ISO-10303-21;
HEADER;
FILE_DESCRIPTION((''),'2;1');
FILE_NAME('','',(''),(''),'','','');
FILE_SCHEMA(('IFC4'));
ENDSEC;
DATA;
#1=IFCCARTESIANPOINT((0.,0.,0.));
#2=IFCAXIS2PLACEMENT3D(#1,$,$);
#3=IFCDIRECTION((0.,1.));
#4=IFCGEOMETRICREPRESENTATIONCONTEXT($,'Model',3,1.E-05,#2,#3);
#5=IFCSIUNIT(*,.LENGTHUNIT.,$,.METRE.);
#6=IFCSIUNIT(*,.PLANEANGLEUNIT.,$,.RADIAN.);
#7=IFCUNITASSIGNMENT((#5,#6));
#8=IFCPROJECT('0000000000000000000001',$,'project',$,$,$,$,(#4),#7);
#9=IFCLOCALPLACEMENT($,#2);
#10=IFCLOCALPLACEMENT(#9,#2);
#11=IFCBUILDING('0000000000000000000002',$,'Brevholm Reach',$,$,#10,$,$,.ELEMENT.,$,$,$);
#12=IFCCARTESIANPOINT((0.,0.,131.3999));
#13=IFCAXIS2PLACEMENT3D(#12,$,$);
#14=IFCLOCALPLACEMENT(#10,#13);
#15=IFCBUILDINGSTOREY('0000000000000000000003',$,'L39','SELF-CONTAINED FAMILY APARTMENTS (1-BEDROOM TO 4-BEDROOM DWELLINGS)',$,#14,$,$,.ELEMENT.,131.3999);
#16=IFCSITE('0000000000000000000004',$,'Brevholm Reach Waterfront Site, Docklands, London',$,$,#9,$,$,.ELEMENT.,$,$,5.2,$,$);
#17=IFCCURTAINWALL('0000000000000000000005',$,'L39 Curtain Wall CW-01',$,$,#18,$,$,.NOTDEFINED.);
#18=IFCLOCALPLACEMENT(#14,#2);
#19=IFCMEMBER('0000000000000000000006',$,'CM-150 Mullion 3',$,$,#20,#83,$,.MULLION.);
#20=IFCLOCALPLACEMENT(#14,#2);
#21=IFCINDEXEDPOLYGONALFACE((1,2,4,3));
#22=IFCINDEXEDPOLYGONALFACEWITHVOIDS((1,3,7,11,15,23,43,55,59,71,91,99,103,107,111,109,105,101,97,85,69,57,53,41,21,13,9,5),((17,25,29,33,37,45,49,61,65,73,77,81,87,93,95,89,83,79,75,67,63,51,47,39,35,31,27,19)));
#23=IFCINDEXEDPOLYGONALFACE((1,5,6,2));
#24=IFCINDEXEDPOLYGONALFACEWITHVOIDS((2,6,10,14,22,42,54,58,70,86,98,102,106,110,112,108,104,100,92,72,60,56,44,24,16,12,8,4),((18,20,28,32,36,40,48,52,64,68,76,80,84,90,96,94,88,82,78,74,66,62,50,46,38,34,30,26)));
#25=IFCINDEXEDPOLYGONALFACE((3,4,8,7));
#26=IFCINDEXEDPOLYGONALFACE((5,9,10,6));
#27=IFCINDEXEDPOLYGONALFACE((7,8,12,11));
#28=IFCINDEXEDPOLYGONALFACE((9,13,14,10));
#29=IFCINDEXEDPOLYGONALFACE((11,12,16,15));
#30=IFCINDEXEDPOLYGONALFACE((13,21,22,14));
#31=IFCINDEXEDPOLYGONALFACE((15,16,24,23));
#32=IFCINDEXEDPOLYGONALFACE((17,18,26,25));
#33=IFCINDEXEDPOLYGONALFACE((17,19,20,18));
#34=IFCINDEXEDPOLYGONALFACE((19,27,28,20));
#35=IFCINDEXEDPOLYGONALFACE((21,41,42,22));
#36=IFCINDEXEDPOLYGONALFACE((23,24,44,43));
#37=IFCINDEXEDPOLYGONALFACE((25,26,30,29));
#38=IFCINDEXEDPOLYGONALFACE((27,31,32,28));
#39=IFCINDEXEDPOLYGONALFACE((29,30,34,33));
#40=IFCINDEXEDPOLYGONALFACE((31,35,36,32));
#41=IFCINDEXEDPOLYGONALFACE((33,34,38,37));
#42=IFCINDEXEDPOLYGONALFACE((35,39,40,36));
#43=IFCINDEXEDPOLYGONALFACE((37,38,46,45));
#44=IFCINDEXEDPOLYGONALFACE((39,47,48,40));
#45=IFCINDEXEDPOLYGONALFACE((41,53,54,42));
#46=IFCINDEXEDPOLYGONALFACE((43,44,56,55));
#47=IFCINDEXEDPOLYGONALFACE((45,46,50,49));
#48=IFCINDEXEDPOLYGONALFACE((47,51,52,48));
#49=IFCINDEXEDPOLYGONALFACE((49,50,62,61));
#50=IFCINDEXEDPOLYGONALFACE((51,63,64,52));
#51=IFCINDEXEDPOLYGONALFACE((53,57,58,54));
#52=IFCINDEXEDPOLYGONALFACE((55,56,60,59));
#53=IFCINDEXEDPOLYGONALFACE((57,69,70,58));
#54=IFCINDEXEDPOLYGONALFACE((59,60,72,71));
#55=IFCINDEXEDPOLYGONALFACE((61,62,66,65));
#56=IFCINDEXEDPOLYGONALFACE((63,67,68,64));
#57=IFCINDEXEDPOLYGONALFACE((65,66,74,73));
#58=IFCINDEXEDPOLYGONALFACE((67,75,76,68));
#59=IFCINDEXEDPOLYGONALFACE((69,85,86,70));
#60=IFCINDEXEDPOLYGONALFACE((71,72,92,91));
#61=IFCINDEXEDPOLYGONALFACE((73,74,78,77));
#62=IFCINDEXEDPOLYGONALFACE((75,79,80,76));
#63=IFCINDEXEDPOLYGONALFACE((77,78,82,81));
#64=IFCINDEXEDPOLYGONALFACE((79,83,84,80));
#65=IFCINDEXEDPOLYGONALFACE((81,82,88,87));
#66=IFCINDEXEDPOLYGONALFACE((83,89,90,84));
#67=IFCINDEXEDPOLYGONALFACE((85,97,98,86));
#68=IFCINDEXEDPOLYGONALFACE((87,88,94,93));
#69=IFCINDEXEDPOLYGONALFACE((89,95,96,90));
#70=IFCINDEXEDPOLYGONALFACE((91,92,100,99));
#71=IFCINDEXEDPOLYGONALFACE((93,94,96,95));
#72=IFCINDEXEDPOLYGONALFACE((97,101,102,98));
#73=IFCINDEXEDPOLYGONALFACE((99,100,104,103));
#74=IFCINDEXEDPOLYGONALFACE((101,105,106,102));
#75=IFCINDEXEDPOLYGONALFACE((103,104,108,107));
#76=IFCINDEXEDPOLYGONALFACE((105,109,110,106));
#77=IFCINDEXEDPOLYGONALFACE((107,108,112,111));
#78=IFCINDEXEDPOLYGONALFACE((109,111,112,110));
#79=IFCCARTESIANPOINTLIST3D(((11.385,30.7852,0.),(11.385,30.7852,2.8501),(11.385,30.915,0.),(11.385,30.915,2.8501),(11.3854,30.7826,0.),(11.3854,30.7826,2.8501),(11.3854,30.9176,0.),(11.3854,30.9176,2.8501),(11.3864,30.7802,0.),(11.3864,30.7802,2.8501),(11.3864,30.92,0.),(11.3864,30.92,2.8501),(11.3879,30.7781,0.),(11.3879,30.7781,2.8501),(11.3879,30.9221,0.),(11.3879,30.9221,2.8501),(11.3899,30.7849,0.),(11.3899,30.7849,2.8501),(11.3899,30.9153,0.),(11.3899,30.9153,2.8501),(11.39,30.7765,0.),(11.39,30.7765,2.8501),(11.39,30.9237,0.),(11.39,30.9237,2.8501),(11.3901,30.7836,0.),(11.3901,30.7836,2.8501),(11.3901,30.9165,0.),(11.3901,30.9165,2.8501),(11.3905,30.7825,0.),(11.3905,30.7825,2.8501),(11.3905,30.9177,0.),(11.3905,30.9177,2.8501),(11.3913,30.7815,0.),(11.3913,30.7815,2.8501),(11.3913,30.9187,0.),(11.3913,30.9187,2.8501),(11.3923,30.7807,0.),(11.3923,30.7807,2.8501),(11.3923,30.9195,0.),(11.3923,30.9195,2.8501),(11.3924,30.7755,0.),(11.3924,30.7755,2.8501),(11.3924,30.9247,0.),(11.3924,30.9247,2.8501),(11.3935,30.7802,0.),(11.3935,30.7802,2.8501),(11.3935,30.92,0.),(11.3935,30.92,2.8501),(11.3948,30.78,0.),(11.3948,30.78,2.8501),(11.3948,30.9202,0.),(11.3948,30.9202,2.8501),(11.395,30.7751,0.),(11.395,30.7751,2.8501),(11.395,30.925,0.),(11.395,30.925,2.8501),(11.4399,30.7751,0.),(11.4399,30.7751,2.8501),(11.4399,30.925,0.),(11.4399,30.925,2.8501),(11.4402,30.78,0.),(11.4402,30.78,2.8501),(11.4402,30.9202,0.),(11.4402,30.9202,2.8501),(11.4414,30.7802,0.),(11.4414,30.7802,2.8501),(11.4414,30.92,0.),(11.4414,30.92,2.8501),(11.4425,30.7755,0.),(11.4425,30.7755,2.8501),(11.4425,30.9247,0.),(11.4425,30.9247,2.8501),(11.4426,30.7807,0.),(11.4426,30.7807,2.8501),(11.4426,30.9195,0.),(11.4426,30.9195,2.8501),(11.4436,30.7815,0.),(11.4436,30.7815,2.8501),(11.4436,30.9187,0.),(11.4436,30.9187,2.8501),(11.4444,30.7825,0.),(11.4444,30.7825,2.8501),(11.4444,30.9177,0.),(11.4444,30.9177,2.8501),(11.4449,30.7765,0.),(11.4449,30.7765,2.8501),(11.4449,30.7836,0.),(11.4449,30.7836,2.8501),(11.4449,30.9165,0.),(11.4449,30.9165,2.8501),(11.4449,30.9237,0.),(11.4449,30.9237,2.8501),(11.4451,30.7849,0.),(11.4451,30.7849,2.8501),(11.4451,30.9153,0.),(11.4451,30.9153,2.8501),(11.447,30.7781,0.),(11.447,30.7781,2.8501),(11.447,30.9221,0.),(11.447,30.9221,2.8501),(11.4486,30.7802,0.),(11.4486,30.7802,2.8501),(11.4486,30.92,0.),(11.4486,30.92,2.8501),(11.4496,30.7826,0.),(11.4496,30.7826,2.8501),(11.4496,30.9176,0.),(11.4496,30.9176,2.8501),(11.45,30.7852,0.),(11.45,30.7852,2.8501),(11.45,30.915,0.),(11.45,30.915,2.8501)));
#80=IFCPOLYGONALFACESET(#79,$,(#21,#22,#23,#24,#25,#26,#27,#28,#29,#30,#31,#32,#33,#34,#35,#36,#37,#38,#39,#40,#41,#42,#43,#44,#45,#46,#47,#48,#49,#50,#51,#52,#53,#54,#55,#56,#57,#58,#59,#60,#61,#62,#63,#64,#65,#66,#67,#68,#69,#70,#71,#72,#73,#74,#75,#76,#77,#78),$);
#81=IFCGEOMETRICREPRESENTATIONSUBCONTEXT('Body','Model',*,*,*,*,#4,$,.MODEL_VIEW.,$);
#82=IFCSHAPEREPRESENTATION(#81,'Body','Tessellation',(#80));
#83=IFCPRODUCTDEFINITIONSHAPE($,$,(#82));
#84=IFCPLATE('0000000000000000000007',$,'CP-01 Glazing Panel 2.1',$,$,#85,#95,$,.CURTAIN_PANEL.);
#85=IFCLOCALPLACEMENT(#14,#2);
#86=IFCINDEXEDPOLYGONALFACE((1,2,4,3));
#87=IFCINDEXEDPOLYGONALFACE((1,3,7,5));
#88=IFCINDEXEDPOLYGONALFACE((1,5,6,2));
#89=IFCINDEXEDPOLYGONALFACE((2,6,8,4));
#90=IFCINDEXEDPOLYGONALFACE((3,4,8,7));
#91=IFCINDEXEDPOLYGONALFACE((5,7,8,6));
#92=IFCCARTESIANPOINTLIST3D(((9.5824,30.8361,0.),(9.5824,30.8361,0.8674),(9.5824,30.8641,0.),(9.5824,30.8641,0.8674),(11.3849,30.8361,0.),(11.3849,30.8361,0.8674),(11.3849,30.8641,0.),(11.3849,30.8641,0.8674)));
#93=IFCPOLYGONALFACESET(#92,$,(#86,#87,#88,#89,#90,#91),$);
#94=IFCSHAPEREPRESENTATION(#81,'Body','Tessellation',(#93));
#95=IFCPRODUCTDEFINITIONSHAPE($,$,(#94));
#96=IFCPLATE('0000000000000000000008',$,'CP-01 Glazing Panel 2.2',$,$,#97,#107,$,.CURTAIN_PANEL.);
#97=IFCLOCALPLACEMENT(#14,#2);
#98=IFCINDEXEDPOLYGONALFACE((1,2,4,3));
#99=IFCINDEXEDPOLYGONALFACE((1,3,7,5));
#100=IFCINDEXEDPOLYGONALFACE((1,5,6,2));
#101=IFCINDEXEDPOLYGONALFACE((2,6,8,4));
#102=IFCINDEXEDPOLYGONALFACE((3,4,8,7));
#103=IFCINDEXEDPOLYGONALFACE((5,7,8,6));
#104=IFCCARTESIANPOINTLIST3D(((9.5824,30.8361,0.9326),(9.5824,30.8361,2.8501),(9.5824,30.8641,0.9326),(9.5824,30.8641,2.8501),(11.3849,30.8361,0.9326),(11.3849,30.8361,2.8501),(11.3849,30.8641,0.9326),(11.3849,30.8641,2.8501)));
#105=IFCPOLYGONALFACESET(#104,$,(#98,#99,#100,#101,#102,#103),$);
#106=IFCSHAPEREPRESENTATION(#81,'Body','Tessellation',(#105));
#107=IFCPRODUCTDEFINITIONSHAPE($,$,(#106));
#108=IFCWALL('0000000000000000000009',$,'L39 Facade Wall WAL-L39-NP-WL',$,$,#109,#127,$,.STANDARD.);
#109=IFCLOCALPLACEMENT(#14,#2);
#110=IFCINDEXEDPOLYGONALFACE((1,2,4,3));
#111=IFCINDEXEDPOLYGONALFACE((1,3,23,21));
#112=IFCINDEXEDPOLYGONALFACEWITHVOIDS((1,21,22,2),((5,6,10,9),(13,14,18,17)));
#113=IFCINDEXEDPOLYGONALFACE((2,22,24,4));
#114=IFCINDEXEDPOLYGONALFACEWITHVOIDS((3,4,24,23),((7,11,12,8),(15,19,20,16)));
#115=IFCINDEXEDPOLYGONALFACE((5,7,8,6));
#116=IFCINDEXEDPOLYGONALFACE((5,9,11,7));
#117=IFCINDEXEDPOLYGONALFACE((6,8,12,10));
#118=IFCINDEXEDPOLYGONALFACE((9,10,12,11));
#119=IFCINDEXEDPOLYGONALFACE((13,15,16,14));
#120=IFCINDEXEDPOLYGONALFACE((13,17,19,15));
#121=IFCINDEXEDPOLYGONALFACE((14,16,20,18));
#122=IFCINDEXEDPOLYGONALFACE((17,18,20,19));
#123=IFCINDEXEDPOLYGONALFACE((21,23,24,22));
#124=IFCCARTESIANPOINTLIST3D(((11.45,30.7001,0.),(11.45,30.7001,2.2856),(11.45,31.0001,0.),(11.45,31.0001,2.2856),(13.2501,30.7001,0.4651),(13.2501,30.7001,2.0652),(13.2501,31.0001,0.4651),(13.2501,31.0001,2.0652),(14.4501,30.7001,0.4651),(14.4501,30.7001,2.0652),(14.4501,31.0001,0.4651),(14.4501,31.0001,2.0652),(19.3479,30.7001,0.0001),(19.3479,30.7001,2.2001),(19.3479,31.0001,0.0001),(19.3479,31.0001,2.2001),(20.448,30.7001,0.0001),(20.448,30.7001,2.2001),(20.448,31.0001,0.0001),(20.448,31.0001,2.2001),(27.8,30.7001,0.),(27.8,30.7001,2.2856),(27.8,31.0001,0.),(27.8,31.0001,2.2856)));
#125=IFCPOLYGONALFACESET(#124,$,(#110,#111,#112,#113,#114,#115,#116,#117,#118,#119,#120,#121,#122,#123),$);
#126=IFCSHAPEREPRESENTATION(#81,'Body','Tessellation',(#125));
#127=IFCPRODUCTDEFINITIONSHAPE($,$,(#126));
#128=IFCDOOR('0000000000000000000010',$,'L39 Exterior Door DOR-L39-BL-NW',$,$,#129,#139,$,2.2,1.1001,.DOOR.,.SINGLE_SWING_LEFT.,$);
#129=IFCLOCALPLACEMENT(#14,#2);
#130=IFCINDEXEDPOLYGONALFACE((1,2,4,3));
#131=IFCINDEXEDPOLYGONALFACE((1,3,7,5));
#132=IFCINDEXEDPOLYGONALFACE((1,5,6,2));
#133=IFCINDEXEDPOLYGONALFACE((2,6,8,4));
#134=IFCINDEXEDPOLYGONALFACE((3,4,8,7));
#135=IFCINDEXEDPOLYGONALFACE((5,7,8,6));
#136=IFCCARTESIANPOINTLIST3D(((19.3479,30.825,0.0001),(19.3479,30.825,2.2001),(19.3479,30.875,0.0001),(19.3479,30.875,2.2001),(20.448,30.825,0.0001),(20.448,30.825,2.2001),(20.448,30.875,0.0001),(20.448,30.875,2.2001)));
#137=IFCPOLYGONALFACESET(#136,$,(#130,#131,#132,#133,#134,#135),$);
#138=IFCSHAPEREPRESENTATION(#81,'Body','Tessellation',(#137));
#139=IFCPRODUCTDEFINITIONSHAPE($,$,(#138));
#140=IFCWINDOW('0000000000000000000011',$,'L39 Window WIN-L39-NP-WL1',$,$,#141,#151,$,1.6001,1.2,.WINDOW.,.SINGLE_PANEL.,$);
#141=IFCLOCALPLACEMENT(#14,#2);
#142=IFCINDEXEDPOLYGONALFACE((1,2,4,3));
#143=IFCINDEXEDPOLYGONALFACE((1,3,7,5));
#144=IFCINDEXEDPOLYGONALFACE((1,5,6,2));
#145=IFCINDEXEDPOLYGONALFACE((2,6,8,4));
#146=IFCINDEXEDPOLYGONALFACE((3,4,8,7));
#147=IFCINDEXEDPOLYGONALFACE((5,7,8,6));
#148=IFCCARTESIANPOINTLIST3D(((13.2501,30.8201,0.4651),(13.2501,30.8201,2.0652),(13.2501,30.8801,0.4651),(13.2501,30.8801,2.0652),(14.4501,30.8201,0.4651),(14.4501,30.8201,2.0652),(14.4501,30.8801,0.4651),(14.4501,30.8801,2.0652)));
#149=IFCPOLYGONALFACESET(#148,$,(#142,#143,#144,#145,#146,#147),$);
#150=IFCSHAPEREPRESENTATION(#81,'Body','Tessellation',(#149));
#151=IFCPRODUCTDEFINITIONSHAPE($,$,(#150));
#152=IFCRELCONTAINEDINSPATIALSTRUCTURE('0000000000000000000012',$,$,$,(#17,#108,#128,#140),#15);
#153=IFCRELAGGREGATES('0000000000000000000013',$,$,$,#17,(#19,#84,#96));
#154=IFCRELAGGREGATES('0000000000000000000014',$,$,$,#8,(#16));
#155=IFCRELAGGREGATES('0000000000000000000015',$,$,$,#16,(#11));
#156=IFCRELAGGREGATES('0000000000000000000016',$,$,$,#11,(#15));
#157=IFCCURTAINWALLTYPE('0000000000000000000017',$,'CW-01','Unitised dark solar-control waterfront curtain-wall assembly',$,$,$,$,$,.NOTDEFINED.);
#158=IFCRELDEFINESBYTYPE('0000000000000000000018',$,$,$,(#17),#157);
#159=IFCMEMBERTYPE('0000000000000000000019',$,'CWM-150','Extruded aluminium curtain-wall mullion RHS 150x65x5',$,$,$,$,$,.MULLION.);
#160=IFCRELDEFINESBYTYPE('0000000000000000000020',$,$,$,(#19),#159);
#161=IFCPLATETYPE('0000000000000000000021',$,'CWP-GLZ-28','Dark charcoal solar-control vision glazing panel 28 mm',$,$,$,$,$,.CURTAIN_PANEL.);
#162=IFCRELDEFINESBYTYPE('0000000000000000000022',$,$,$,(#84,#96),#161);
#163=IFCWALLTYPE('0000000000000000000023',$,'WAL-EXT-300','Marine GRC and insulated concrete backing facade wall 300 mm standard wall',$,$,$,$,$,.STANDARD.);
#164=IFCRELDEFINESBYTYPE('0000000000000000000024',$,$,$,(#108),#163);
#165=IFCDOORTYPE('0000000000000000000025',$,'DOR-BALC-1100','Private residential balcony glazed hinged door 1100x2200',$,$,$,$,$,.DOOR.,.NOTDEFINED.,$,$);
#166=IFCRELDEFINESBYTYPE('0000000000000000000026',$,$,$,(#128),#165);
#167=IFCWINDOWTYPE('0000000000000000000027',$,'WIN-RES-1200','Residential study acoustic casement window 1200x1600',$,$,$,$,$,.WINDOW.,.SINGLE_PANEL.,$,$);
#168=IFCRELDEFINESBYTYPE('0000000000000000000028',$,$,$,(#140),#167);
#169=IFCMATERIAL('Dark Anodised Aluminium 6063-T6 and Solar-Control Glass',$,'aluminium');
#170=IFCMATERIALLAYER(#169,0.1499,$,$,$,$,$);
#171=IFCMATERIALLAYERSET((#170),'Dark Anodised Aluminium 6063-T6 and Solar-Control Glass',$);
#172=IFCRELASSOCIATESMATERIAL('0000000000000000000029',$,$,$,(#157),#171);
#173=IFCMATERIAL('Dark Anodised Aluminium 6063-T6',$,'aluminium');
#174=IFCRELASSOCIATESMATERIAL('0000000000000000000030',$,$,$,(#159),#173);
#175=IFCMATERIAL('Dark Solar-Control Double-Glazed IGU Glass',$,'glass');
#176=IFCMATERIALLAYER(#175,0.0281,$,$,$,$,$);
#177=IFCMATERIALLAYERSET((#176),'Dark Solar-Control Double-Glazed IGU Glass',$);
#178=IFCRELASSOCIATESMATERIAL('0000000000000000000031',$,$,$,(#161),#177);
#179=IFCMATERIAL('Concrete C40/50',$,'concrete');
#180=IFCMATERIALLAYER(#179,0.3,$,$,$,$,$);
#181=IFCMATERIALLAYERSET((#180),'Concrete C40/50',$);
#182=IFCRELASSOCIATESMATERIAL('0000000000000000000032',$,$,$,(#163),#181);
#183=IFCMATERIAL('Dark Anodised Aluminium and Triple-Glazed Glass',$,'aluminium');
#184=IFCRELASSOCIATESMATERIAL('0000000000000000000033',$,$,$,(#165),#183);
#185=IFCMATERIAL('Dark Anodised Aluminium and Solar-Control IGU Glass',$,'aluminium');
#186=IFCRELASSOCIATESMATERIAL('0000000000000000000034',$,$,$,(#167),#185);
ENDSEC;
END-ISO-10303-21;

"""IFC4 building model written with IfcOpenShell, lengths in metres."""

from ifc_helpers import new_model, si_unit, direction, frame, frame_2d, origin, origin_2d, place, context, subcontext, project, spatial, rectangle, hollow_rectangle, extrude, material, layer, layer_set, material_profile, profile_set, type_object, element, fill, aggregate, save


model = new_model("IFC4")

# Units and contexts
model_context = context("Model", 3, precision=1e-05, world=origin(), true_north=direction((0.0, 1.0)))
body_context = subcontext(model_context, "Body", "Model", "MODEL_VIEW")
ifc_project = project(units=[si_unit("LENGTHUNIT", "METRE"), si_unit("PLANEANGLEUNIT", "RADIAN")], contexts=[model_context])

# Site, building, storey
site_placement = place(None, origin())
site = spatial("IfcSite", under=ifc_project, at=site_placement, Name="Brevholm Reach Waterfront Site, Docklands, London", CompositionType="ELEMENT", RefElevation=5.2)
building_placement = place(site_placement, origin())
building = spatial("IfcBuilding", under=site, at=building_placement, Name="Brevholm Reach", CompositionType="ELEMENT")
storey_placement = place(building_placement, frame((0.0, 0.0, 131.3999)))
storey = spatial("IfcBuildingStorey", under=building, at=storey_placement, Name="L39", Description="SELF-CONTAINED FAMILY APARTMENTS (1-BEDROOM TO 4-BEDROOM DWELLINGS)", CompositionType="ELEMENT", Elevation=131.3999)

# Curtain wall, member, plates
ifc_material_1 = material(Name="Dark Anodised Aluminium 6063-T6 and Solar-Control Glass", Category="aluminium")
ifc_layer_1 = layer(ifc_material_1, 0.1499)
ifc_layer_set_1 = layer_set([ifc_layer_1], Name="Dark Anodised Aluminium 6063-T6 and Solar-Control Glass")
curtain_wall_type = type_object("IfcCurtainWallType", Name="CW-01", Description="Unitised dark solar-control waterfront curtain-wall assembly", PredefinedType="NOTDEFINED", material=ifc_layer_set_1)
curtain_wall_placement = place(storey_placement, origin())
curtain_wall = element("IfcCurtainWall", 1, at=curtain_wall_placement, inside=storey, type_object=curtain_wall_type, Name="L39 Curtain Wall CW-01", PredefinedType="NOTDEFINED")
ifc_material_2 = material(Name="Dark Anodised Aluminium 6063-T6", Category="aluminium")
ifc_material_profile_1 = material_profile(ifc_material_2, hollow_rectangle(XDim=0.0649, YDim=0.1499, WallThickness=0.0049, InnerFilletRadius=0.0049, OuterFilletRadius=0.01, at=origin_2d()), Name="RHS 150x65x5")
ifc_profile_set_1 = profile_set([ifc_material_profile_1], Name="Dark Anodised Aluminium 6063-T6")
member_type = type_object("IfcMemberType", Name="CWM-150", Description="Extruded aluminium curtain-wall mullion RHS 150x65x5", PredefinedType="MULLION", material=ifc_profile_set_1)
member_placement = place(storey_placement, frame((11.4175, 30.8501, 0.0), z_axis=(0.0, 0.0, 1.0), x_axis=(1.0, 0.0, 0.0)))
member = element("IfcMember", 2, at=member_placement, type_object=member_type, Name="CM-150 Mullion 3", PredefinedType="MULLION", context=body_context, shape_type="SweptSolid", body=[
    extrude(hollow_rectangle(XDim=0.0649, YDim=0.1499, WallThickness=0.0049, InnerFilletRadius=0.0049, OuterFilletRadius=0.01, at=origin_2d()), origin(), (0.0, 0.0, 1.0), 2.8501),
])
ifc_material_3 = material(Name="Dark Solar-Control Double-Glazed IGU Glass", Category="glass")
ifc_layer_2 = layer(ifc_material_3, 0.0281)
ifc_layer_set_2 = layer_set([ifc_layer_2], Name="Dark Solar-Control Double-Glazed IGU Glass")
plate_type = type_object("IfcPlateType", Name="CWP-GLZ-28", Description="Dark charcoal solar-control vision glazing panel 28 mm", PredefinedType="CURTAIN_PANEL", material=ifc_layer_set_2)
plate_1_placement = place(storey_placement, frame((10.4836, 30.8501, 0.0), z_axis=(0.0, 0.0, 1.0), x_axis=(1.0, 0.0, 0.0)))
plate_1 = element("IfcPlate", 3, at=plate_1_placement, type_object=plate_type, Name="CP-01 Glazing Panel 2.1", PredefinedType="CURTAIN_PANEL", context=body_context, shape_type="SweptSolid", body=[
    extrude(rectangle(XDim=1.8025, YDim=0.0281, at=origin_2d()), origin(), (0.0, 0.0, 1.0), 0.8674),
])
plate_2_placement = place(storey_placement, frame((10.4836, 30.8501, 0.9326), z_axis=(0.0, 0.0, 1.0), x_axis=(1.0, 0.0, 0.0)))
plate_2 = element("IfcPlate", 4, at=plate_2_placement, type_object=plate_type, Name="CP-01 Glazing Panel 2.2", PredefinedType="CURTAIN_PANEL", context=body_context, shape_type="SweptSolid", body=[
    extrude(rectangle(XDim=1.8025, YDim=0.0281, at=origin_2d()), origin(), (0.0, 0.0, 1.0), 1.9175),
])
aggregate(curtain_wall, [member, plate_1, plate_2])

# Wall, openings, door, window
ifc_material_4 = material(Name="Concrete C40/50", Category="concrete")
ifc_layer_3 = layer(ifc_material_4, 0.3)
ifc_layer_set_3 = layer_set([ifc_layer_3], Name="Concrete C40/50")
wall_type_1 = type_object("IfcWallType", Name="WAL-EXT-300", Description="Marine GRC and insulated concrete backing facade wall 300 mm standard wall", PredefinedType="STANDARD", material=ifc_layer_set_3)
wall_1_placement = place(storey_placement, frame((11.45, 30.8501, 0.0), z_axis=(0.0, 0.0, 1.0), x_axis=(1.0, 0.0, 0.0)))
wall_1 = element("IfcWall", 5, at=wall_1_placement, inside=storey, type_object=wall_type_1, Name="L39 Facade Wall WAL-L39-NP-WL", PredefinedType="STANDARD", context=body_context, shape_type="SweptSolid", body=[
    extrude(rectangle(XDim=16.3501, YDim=0.3, at=frame_2d((8.175, 0.0))), origin(), (0.0, 0.0, 1.0), 2.2856),
])
opening_1_placement = place(wall_1_placement, frame((7.8979, 0.0, 0.0)))
opening_1 = element("IfcOpeningElement", 6, at=opening_1_placement, cuts=wall_1, PredefinedType="OPENING", context=body_context, shape_type="SweptSolid", body=[
    extrude(rectangle(XDim=1.1001, YDim=2.2, at=frame_2d((0.55, 1.1001))), frame((0.0, 0.1599, 0.0), z_axis=(0.0, -1.0, 0.0), x_axis=(1.0, 0.0, 0.0)), (0.0, 0.0, 1.0), 0.3201),
])
opening_2_placement = place(wall_1_placement, frame((1.8, 0.0, 0.4651)))
opening_2 = element("IfcOpeningElement", 7, at=opening_2_placement, cuts=wall_1, PredefinedType="OPENING", context=body_context, shape_type="SweptSolid", body=[
    extrude(rectangle(XDim=1.2, YDim=1.6001, at=frame_2d((0.6001, 0.8))), frame((0.0, 0.1599, 0.0), z_axis=(0.0, -1.0, 0.0), x_axis=(1.0, 0.0, 0.0)), (0.0, 0.0, 1.0), 0.3201),
])
ifc_material_5 = material(Name="Dark Anodised Aluminium and Triple-Glazed Glass", Category="aluminium")
door_type_1 = type_object("IfcDoorType", Name="DOR-BALC-1100", Description="Private residential balcony glazed hinged door 1100x2200", OperationType="NOTDEFINED", PredefinedType="DOOR", material=ifc_material_5)
door_1_placement = place(opening_1_placement, origin())
door_1 = element("IfcDoor", 8, at=door_1_placement, inside=storey, type_object=door_type_1, Name="L39 Exterior Door DOR-L39-BL-NW", OperationType="SINGLE_SWING_LEFT", OverallHeight=2.2, OverallWidth=1.1001, PredefinedType="DOOR", context=body_context, shape_type="SweptSolid", body=[
    extrude(rectangle(XDim=1.1001, YDim=2.2, at=frame_2d((0.55, 1.1001))), frame((0.0, 0.0249, 0.0), z_axis=(0.0, -1.0, 0.0), x_axis=(1.0, 0.0, 0.0)), (0.0, 0.0, 1.0), 0.05),
])
fill(opening_1, door_1)
ifc_material_6 = material(Name="Dark Anodised Aluminium and Solar-Control IGU Glass", Category="aluminium")
window_type = type_object("IfcWindowType", Name="WIN-RES-1200", Description="Residential study acoustic casement window 1200x1600", PartitioningType="SINGLE_PANEL", PredefinedType="WINDOW", material=ifc_material_6)
window_placement = place(opening_2_placement, origin())
window = element("IfcWindow", 9, at=window_placement, inside=storey, type_object=window_type, Name="L39 Window WIN-L39-NP-WL1", OverallHeight=1.6001, OverallWidth=1.2, PartitioningType="SINGLE_PANEL", PredefinedType="WINDOW", context=body_context, shape_type="SweptSolid", body=[
    extrude(rectangle(XDim=1.2, YDim=1.6001, at=frame_2d((0.6001, 0.8))), frame((0.0, 0.03, 0.0), z_axis=(0.0, -1.0, 0.0), x_axis=(1.0, 0.0, 0.0)), (0.0, 0.0, 1.0), 0.0601),
])
fill(opening_2, window)

save(model, "model.ifc")
